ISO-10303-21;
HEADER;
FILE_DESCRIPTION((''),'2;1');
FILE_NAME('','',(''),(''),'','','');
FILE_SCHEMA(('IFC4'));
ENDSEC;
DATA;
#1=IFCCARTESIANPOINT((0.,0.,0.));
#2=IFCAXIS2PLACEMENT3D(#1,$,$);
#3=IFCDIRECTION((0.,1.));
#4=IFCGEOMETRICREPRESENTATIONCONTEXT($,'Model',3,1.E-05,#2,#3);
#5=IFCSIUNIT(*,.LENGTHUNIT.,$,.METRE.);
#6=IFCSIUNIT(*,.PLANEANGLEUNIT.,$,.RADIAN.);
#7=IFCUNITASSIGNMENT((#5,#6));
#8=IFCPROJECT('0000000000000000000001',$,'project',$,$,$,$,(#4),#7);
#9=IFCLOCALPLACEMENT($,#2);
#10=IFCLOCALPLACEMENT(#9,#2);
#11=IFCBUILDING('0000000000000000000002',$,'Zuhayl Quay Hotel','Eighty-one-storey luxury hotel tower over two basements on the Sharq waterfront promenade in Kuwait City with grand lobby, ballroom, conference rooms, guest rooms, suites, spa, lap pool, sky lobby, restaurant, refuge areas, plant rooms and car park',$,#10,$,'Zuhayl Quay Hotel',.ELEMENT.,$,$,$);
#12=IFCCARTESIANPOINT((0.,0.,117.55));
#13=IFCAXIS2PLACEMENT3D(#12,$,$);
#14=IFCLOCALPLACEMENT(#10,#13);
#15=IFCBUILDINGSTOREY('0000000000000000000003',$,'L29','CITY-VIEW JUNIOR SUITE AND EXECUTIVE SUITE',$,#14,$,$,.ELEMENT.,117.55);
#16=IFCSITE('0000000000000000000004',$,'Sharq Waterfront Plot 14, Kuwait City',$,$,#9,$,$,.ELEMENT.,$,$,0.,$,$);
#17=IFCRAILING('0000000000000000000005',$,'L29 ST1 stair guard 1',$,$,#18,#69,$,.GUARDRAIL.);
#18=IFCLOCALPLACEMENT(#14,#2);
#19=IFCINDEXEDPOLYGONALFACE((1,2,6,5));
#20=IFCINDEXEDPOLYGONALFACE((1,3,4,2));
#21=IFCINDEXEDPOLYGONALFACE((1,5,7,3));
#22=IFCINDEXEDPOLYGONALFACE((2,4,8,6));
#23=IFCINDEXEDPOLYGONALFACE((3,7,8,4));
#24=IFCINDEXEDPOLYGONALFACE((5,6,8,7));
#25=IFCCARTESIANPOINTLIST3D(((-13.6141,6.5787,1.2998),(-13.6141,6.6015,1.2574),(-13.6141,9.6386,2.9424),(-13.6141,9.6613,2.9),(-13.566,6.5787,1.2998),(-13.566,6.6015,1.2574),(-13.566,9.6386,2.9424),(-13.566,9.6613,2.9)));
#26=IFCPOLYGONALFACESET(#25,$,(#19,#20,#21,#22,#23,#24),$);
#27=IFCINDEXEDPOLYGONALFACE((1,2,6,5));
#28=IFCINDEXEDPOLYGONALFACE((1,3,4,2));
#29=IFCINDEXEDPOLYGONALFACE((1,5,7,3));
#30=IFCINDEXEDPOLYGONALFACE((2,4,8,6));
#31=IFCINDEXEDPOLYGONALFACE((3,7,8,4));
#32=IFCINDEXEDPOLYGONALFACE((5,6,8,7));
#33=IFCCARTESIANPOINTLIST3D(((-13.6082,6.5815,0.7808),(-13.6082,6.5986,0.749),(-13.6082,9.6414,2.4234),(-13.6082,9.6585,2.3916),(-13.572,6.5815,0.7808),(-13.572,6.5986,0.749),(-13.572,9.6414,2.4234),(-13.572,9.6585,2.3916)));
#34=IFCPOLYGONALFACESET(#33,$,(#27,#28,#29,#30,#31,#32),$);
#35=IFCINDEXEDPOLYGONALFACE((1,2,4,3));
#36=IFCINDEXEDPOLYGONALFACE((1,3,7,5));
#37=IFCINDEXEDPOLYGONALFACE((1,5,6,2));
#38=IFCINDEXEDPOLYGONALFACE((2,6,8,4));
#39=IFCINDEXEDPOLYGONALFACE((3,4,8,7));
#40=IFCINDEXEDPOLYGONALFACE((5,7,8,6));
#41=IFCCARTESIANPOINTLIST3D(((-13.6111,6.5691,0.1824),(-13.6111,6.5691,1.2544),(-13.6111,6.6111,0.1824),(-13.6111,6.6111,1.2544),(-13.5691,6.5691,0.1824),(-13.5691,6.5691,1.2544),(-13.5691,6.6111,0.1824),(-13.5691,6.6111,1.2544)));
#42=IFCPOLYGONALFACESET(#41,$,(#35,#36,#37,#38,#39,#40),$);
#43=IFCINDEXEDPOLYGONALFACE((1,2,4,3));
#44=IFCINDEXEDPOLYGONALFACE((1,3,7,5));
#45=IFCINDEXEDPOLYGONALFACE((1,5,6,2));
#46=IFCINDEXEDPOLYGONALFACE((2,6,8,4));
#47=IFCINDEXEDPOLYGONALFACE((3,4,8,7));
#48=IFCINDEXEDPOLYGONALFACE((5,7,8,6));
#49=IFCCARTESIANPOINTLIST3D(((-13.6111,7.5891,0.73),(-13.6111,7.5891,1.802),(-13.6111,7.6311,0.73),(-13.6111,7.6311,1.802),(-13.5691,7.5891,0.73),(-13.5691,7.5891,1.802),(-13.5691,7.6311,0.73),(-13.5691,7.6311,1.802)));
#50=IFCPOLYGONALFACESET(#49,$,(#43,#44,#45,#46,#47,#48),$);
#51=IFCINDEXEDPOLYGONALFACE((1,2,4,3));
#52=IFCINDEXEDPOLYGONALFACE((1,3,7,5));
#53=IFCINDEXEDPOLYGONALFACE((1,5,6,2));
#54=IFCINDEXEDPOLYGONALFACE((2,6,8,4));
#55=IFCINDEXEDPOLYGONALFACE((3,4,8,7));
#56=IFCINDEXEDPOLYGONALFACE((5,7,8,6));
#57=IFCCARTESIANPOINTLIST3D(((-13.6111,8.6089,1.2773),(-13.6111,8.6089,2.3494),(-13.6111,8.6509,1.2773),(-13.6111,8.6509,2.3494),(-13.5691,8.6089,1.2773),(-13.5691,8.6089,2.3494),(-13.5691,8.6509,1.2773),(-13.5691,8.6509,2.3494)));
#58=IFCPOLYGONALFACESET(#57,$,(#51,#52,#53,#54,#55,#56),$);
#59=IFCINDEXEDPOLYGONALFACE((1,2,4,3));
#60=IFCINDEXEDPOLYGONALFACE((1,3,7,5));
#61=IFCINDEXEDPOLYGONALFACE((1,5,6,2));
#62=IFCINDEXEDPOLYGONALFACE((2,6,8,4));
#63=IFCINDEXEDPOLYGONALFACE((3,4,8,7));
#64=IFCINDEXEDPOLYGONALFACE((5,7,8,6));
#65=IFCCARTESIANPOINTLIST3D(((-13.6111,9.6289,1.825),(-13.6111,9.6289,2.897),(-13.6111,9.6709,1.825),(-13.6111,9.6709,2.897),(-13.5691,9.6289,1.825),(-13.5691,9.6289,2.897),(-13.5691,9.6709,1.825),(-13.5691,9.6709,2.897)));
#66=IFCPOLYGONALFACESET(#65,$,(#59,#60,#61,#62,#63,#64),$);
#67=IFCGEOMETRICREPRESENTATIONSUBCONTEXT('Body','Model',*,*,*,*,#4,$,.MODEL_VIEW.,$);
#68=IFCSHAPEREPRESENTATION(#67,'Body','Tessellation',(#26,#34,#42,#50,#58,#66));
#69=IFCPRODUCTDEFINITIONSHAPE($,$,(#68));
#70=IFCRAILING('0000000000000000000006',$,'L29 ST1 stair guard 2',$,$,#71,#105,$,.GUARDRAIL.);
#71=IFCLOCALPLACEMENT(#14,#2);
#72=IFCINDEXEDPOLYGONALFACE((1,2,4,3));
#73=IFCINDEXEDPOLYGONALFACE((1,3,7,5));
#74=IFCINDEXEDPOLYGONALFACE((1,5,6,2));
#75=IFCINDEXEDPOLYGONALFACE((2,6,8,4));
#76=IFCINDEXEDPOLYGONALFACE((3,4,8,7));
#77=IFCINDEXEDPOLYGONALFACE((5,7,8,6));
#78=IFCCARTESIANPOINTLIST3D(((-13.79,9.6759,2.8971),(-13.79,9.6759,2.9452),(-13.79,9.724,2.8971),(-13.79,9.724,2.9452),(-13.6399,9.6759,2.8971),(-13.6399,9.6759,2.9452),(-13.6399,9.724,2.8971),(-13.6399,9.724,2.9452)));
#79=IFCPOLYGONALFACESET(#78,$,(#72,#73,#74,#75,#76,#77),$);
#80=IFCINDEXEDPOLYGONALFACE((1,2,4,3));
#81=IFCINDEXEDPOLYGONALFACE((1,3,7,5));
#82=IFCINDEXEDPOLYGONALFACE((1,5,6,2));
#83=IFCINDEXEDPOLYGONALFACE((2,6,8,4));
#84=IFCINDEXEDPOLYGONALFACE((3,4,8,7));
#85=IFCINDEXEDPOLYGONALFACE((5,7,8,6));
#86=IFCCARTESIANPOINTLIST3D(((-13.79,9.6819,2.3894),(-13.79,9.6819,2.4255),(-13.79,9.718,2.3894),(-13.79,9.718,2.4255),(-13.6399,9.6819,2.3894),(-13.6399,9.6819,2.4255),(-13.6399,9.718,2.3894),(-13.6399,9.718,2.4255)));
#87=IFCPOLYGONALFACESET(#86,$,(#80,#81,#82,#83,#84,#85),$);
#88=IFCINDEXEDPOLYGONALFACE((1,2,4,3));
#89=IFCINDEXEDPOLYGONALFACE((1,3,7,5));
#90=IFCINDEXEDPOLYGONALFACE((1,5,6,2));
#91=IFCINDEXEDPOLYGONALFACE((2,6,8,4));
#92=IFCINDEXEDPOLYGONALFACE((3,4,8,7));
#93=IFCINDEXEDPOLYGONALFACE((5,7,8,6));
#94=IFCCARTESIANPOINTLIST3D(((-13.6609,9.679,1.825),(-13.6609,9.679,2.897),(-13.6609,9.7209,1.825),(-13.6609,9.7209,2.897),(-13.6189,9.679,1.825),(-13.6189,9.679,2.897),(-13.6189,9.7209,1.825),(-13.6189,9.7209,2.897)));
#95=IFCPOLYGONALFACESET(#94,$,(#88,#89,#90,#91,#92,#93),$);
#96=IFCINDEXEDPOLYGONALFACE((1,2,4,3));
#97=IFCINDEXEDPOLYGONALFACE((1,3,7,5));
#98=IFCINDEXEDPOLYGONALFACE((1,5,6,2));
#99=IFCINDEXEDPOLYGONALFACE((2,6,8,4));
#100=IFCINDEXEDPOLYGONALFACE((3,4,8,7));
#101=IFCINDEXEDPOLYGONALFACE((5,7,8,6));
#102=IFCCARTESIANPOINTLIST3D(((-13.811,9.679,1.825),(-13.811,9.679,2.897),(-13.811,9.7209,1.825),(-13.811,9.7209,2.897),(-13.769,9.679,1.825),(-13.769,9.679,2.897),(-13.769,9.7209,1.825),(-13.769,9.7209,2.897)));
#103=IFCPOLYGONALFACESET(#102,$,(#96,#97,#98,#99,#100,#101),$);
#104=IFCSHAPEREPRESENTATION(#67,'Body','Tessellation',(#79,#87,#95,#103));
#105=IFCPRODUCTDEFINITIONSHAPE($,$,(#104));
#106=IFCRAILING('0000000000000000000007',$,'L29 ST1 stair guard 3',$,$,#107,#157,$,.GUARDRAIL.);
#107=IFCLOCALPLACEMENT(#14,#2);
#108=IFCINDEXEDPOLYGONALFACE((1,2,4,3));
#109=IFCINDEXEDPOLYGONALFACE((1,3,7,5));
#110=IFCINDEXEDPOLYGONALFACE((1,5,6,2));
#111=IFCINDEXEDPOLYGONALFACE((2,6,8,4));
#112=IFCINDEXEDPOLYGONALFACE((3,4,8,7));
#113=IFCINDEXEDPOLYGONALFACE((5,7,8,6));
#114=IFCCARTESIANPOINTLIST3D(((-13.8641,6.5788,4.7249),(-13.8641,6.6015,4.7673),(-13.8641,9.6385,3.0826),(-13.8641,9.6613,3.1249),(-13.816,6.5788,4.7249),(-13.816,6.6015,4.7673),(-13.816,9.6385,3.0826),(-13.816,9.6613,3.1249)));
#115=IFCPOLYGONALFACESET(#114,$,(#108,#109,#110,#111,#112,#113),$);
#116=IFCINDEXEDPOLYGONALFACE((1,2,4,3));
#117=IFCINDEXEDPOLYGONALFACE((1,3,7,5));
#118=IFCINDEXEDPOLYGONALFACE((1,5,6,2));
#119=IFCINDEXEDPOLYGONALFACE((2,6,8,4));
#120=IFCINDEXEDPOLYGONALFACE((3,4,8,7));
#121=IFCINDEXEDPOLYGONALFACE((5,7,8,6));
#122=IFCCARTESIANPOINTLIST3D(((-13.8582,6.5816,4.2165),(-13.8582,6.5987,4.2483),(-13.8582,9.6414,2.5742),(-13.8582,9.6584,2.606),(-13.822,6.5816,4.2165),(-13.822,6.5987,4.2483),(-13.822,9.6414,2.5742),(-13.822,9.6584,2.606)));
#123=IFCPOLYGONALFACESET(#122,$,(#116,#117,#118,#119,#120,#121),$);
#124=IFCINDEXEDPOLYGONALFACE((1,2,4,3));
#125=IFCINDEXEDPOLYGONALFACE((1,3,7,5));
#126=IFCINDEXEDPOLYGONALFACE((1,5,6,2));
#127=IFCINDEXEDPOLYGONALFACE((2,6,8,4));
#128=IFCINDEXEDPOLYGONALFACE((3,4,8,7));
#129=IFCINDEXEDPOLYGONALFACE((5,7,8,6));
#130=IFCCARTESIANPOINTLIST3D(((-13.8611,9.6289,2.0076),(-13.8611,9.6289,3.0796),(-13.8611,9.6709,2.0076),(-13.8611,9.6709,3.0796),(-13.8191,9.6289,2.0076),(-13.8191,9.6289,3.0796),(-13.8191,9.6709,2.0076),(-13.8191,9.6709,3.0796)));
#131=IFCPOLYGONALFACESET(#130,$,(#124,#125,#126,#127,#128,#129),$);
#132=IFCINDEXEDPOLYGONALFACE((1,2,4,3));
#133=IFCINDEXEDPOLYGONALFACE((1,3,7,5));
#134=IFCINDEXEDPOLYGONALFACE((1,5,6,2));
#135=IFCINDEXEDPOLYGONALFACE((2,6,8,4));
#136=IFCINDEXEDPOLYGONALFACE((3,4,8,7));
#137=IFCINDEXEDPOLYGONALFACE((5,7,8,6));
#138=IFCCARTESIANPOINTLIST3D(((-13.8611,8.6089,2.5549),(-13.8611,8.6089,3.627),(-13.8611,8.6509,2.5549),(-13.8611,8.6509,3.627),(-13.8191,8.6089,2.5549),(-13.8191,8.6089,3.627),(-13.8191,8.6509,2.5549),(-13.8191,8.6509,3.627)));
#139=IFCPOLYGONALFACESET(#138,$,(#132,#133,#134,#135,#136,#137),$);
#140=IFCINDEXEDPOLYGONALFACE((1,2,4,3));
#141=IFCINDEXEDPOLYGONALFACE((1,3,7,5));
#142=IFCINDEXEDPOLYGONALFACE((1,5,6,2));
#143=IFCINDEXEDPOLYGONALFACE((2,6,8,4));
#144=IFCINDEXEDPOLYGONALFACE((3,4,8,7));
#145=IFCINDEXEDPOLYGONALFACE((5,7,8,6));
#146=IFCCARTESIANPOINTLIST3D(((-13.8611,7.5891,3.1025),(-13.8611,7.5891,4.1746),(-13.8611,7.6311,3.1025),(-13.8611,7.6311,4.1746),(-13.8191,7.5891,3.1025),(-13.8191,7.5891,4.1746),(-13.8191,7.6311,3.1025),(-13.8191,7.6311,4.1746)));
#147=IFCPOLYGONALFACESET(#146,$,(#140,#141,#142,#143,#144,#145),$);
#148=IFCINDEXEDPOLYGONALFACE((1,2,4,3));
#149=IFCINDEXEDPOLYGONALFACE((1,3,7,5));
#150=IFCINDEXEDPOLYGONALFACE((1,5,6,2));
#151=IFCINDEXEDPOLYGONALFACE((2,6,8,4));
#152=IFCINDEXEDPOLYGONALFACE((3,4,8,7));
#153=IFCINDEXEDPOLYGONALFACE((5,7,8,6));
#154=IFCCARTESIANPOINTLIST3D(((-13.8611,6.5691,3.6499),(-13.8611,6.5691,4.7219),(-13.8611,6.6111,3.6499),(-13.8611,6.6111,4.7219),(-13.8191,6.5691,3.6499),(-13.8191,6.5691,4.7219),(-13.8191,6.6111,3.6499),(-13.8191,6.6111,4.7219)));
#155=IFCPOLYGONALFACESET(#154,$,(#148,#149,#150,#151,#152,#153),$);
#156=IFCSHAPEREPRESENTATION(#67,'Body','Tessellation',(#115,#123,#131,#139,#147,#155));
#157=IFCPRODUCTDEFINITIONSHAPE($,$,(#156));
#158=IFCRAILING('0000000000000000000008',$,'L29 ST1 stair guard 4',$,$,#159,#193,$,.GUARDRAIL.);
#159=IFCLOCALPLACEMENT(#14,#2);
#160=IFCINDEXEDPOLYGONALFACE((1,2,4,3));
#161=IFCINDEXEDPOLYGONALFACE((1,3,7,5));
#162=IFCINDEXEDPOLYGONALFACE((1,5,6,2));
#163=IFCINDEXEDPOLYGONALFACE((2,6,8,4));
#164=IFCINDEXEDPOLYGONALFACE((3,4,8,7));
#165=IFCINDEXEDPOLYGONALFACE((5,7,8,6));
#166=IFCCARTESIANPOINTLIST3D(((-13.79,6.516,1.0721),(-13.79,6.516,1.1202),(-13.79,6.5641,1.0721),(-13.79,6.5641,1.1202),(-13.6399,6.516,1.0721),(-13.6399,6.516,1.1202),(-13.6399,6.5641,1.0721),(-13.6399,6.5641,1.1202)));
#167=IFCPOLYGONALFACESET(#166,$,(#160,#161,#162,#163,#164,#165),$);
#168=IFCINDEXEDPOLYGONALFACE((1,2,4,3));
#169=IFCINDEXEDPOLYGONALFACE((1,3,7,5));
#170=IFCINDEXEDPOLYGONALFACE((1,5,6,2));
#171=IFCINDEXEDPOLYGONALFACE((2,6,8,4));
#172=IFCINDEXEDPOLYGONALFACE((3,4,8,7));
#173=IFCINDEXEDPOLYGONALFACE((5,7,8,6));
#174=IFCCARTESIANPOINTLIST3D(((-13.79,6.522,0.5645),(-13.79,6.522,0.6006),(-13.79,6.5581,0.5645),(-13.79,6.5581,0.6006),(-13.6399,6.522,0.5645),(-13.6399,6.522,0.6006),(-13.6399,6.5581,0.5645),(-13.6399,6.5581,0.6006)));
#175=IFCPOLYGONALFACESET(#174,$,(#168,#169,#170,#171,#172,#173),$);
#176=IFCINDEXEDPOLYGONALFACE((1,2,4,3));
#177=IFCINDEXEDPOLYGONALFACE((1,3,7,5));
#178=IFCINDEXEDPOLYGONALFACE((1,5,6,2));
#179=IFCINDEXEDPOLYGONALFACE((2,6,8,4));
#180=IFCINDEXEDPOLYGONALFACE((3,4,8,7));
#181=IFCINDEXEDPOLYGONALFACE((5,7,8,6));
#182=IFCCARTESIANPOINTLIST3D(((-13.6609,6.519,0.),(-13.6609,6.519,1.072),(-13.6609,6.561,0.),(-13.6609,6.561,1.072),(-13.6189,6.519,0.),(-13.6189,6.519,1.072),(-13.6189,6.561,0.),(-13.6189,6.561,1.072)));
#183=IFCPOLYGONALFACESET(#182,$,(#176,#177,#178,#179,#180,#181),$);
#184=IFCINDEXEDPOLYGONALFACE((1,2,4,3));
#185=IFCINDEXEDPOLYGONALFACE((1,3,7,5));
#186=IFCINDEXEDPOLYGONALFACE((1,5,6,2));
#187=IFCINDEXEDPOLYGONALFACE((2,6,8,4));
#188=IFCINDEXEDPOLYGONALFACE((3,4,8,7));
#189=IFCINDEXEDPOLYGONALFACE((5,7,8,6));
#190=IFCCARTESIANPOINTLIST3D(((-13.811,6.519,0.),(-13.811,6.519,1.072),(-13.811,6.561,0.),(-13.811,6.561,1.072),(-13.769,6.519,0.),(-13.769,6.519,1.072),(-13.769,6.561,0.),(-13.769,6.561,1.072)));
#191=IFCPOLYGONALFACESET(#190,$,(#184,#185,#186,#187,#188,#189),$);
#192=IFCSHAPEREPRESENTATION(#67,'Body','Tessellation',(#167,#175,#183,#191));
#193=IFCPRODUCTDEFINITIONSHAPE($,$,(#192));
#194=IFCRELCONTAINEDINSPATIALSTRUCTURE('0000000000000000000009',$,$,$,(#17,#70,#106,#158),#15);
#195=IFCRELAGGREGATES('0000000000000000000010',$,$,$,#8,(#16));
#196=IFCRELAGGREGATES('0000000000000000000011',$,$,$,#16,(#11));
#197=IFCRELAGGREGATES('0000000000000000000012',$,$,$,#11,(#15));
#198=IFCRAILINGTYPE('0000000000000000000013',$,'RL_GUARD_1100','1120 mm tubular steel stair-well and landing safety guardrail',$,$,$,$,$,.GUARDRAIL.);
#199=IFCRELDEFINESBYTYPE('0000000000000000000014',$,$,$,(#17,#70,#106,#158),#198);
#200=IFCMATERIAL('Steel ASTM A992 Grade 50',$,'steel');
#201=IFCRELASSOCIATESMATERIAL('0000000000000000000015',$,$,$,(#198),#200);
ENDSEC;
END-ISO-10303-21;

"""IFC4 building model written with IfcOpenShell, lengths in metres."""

from ifc_helpers import new_model, si_unit, direction, frame, origin, origin_2d, place, context, subcontext, project, spatial, rectangle, extrude, material, type_object, element, save


model = new_model("IFC4")

# Units and contexts
model_context = context("Model", 3, precision=1e-05, world=origin(), true_north=direction((0.0, 1.0)))
body_context = subcontext(model_context, "Body", "Model", "MODEL_VIEW")
ifc_project = project(units=[si_unit("LENGTHUNIT", "METRE"), si_unit("PLANEANGLEUNIT", "RADIAN")], contexts=[model_context])

# Site, building, storey
site_placement = place(None, origin())
site = spatial("IfcSite", under=ifc_project, at=site_placement, Name="Sharq Waterfront Plot 14, Kuwait City", CompositionType="ELEMENT", RefElevation=0.0)
building_placement = place(site_placement, origin())
building = spatial("IfcBuilding", under=site, at=building_placement, Name="Zuhayl Quay Hotel", Description="Eighty-one-storey luxury hotel tower over two basements on the Sharq waterfront promenade in Kuwait City with grand lobby, ballroom, conference rooms, guest rooms, suites, spa, lap pool, sky lobby, restaurant, refuge areas, plant rooms and car park", LongName="Zuhayl Quay Hotel", CompositionType="ELEMENT")
storey_placement = place(building_placement, frame((0.0, 0.0, 117.55)))
storey = spatial("IfcBuildingStorey", under=building, at=storey_placement, Name="L29", Description="CITY-VIEW JUNIOR SUITE AND EXECUTIVE SUITE", CompositionType="ELEMENT", Elevation=117.55)

# Shared definitions
ifc_material_1 = material(Name="Steel ASTM A992 Grade 50", Category="steel")

# Railings
railing_type_1 = type_object("IfcRailingType", Name="RL_GUARD_1100", Description="1120 mm tubular steel stair-well and landing safety guardrail", PredefinedType="GUARDRAIL", material=ifc_material_1)
railing_1_placement = place(storey_placement, frame((-13.5901, 6.5901, 0.1824)))
element("IfcRailing", 1, at=railing_1_placement, inside=storey, type_object=railing_type_1, Name="L29 ST1 stair guard 1", PredefinedType="GUARDRAIL", context=body_context, shape_type="SweptSolid", body=[
    extrude(rectangle(XDim=0.0481, YDim=0.0481, at=origin_2d()), frame((0.0, 0.0, 1.0962), z_axis=(0.0, 0.881073, 0.47298), x_axis=(-1.0, 0.0, 0.0)), (0.0, 0.0, 1.0), 3.4729),
    extrude(rectangle(XDim=0.0361, YDim=0.0361, at=origin_2d()), frame((0.0, 0.0, 0.5825), z_axis=(0.0, 0.881073, 0.47298), x_axis=(-1.0, 0.0, 0.0)), (0.0, 0.0, 1.0), 3.4729),
    extrude(rectangle(XDim=0.042, YDim=0.042, at=origin_2d()), origin(), (0.0, 0.0, 1.0), 1.072),
    extrude(rectangle(XDim=0.042, YDim=0.042, at=origin_2d()), frame((0.0, 1.02, 0.5476)), (0.0, 0.0, 1.0), 1.072),
    extrude(rectangle(XDim=0.042, YDim=0.042, at=origin_2d()), frame((0.0, 2.0398, 1.095)), (0.0, 0.0, 1.0), 1.072),
    extrude(rectangle(XDim=0.042, YDim=0.042, at=origin_2d()), frame((0.0, 3.0598, 1.6426)), (0.0, 0.0, 1.0), 1.072),
])
railing_2_placement = place(storey_placement, frame((-13.6399, 9.7, 1.825)))
element("IfcRailing", 2, at=railing_2_placement, inside=storey, type_object=railing_type_1, Name="L29 ST1 stair guard 2", PredefinedType="GUARDRAIL", context=body_context, shape_type="SweptSolid", body=[
    extrude(rectangle(XDim=0.0481, YDim=0.0481, at=origin_2d()), frame((0.0, 0.0, 1.0962), z_axis=(-1.0, 0.0, 0.0), x_axis=(0.0, -1.0, 0.0)), (0.0, 0.0, 1.0), 0.1501),
    extrude(rectangle(XDim=0.0361, YDim=0.0361, at=origin_2d()), frame((0.0, 0.0, 0.5825), z_axis=(-1.0, 0.0, 0.0), x_axis=(0.0, -1.0, 0.0)), (0.0, 0.0, 1.0), 0.1501),
    extrude(rectangle(XDim=0.042, YDim=0.042, at=origin_2d()), origin(), (0.0, 0.0, 1.0), 1.072),
    extrude(rectangle(XDim=0.042, YDim=0.042, at=origin_2d()), frame((-0.1501, 0.0, 0.0)), (0.0, 0.0, 1.0), 1.072),
])
railing_3_placement = place(storey_placement, frame((-13.8401, 9.6499, 2.0076)))
element("IfcRailing", 3, at=railing_3_placement, inside=storey, type_object=railing_type_1, Name="L29 ST1 stair guard 3", PredefinedType="GUARDRAIL", context=body_context, shape_type="SweptSolid", body=[
    extrude(rectangle(XDim=0.0481, YDim=0.0481, at=origin_2d()), frame((0.0, 0.0, 1.0962), z_axis=(0.0, -0.881102, 0.472926), x_axis=(1.0, 0.0, 0.0)), (0.0, 0.0, 1.0), 3.4727),
    extrude(rectangle(XDim=0.0361, YDim=0.0361, at=origin_2d()), frame((0.0, 0.0, 0.5825), z_axis=(0.0, -0.881102, 0.472926), x_axis=(1.0, 0.0, 0.0)), (0.0, 0.0, 1.0), 3.4727),
    extrude(rectangle(XDim=0.042, YDim=0.042, at=origin_2d()), origin(), (0.0, 0.0, 1.0), 1.072),
    extrude(rectangle(XDim=0.042, YDim=0.042, at=origin_2d()), frame((0.0, -1.02, 0.5474)), (0.0, 0.0, 1.0), 1.072),
    extrude(rectangle(XDim=0.042, YDim=0.042, at=origin_2d()), frame((0.0, -2.0398, 1.095)), (0.0, 0.0, 1.0), 1.072),
    extrude(rectangle(XDim=0.042, YDim=0.042, at=origin_2d()), frame((0.0, -3.0598, 1.6423)), (0.0, 0.0, 1.0), 1.072),
])
railing_4_placement = place(storey_placement, frame((-13.6399, 6.54, 0.0)))
element("IfcRailing", 4, at=railing_4_placement, inside=storey, type_object=railing_type_1, Name="L29 ST1 stair guard 4", PredefinedType="GUARDRAIL", context=body_context, shape_type="SweptSolid", body=[
    extrude(rectangle(XDim=0.0481, YDim=0.0481, at=origin_2d()), frame((0.0, 0.0, 1.0962), z_axis=(-1.0, 0.0, 0.0), x_axis=(0.0, -1.0, 0.0)), (0.0, 0.0, 1.0), 0.1501),
    extrude(rectangle(XDim=0.0361, YDim=0.0361, at=origin_2d()), frame((0.0, 0.0, 0.5825), z_axis=(-1.0, 0.0, 0.0), x_axis=(0.0, -1.0, 0.0)), (0.0, 0.0, 1.0), 0.1501),
    extrude(rectangle(XDim=0.042, YDim=0.042, at=origin_2d()), origin(), (0.0, 0.0, 1.0), 1.072),
    extrude(rectangle(XDim=0.042, YDim=0.042, at=origin_2d()), frame((-0.1501, 0.0, 0.0)), (0.0, 0.0, 1.0), 1.072),
])

save(model, "model.ifc")
